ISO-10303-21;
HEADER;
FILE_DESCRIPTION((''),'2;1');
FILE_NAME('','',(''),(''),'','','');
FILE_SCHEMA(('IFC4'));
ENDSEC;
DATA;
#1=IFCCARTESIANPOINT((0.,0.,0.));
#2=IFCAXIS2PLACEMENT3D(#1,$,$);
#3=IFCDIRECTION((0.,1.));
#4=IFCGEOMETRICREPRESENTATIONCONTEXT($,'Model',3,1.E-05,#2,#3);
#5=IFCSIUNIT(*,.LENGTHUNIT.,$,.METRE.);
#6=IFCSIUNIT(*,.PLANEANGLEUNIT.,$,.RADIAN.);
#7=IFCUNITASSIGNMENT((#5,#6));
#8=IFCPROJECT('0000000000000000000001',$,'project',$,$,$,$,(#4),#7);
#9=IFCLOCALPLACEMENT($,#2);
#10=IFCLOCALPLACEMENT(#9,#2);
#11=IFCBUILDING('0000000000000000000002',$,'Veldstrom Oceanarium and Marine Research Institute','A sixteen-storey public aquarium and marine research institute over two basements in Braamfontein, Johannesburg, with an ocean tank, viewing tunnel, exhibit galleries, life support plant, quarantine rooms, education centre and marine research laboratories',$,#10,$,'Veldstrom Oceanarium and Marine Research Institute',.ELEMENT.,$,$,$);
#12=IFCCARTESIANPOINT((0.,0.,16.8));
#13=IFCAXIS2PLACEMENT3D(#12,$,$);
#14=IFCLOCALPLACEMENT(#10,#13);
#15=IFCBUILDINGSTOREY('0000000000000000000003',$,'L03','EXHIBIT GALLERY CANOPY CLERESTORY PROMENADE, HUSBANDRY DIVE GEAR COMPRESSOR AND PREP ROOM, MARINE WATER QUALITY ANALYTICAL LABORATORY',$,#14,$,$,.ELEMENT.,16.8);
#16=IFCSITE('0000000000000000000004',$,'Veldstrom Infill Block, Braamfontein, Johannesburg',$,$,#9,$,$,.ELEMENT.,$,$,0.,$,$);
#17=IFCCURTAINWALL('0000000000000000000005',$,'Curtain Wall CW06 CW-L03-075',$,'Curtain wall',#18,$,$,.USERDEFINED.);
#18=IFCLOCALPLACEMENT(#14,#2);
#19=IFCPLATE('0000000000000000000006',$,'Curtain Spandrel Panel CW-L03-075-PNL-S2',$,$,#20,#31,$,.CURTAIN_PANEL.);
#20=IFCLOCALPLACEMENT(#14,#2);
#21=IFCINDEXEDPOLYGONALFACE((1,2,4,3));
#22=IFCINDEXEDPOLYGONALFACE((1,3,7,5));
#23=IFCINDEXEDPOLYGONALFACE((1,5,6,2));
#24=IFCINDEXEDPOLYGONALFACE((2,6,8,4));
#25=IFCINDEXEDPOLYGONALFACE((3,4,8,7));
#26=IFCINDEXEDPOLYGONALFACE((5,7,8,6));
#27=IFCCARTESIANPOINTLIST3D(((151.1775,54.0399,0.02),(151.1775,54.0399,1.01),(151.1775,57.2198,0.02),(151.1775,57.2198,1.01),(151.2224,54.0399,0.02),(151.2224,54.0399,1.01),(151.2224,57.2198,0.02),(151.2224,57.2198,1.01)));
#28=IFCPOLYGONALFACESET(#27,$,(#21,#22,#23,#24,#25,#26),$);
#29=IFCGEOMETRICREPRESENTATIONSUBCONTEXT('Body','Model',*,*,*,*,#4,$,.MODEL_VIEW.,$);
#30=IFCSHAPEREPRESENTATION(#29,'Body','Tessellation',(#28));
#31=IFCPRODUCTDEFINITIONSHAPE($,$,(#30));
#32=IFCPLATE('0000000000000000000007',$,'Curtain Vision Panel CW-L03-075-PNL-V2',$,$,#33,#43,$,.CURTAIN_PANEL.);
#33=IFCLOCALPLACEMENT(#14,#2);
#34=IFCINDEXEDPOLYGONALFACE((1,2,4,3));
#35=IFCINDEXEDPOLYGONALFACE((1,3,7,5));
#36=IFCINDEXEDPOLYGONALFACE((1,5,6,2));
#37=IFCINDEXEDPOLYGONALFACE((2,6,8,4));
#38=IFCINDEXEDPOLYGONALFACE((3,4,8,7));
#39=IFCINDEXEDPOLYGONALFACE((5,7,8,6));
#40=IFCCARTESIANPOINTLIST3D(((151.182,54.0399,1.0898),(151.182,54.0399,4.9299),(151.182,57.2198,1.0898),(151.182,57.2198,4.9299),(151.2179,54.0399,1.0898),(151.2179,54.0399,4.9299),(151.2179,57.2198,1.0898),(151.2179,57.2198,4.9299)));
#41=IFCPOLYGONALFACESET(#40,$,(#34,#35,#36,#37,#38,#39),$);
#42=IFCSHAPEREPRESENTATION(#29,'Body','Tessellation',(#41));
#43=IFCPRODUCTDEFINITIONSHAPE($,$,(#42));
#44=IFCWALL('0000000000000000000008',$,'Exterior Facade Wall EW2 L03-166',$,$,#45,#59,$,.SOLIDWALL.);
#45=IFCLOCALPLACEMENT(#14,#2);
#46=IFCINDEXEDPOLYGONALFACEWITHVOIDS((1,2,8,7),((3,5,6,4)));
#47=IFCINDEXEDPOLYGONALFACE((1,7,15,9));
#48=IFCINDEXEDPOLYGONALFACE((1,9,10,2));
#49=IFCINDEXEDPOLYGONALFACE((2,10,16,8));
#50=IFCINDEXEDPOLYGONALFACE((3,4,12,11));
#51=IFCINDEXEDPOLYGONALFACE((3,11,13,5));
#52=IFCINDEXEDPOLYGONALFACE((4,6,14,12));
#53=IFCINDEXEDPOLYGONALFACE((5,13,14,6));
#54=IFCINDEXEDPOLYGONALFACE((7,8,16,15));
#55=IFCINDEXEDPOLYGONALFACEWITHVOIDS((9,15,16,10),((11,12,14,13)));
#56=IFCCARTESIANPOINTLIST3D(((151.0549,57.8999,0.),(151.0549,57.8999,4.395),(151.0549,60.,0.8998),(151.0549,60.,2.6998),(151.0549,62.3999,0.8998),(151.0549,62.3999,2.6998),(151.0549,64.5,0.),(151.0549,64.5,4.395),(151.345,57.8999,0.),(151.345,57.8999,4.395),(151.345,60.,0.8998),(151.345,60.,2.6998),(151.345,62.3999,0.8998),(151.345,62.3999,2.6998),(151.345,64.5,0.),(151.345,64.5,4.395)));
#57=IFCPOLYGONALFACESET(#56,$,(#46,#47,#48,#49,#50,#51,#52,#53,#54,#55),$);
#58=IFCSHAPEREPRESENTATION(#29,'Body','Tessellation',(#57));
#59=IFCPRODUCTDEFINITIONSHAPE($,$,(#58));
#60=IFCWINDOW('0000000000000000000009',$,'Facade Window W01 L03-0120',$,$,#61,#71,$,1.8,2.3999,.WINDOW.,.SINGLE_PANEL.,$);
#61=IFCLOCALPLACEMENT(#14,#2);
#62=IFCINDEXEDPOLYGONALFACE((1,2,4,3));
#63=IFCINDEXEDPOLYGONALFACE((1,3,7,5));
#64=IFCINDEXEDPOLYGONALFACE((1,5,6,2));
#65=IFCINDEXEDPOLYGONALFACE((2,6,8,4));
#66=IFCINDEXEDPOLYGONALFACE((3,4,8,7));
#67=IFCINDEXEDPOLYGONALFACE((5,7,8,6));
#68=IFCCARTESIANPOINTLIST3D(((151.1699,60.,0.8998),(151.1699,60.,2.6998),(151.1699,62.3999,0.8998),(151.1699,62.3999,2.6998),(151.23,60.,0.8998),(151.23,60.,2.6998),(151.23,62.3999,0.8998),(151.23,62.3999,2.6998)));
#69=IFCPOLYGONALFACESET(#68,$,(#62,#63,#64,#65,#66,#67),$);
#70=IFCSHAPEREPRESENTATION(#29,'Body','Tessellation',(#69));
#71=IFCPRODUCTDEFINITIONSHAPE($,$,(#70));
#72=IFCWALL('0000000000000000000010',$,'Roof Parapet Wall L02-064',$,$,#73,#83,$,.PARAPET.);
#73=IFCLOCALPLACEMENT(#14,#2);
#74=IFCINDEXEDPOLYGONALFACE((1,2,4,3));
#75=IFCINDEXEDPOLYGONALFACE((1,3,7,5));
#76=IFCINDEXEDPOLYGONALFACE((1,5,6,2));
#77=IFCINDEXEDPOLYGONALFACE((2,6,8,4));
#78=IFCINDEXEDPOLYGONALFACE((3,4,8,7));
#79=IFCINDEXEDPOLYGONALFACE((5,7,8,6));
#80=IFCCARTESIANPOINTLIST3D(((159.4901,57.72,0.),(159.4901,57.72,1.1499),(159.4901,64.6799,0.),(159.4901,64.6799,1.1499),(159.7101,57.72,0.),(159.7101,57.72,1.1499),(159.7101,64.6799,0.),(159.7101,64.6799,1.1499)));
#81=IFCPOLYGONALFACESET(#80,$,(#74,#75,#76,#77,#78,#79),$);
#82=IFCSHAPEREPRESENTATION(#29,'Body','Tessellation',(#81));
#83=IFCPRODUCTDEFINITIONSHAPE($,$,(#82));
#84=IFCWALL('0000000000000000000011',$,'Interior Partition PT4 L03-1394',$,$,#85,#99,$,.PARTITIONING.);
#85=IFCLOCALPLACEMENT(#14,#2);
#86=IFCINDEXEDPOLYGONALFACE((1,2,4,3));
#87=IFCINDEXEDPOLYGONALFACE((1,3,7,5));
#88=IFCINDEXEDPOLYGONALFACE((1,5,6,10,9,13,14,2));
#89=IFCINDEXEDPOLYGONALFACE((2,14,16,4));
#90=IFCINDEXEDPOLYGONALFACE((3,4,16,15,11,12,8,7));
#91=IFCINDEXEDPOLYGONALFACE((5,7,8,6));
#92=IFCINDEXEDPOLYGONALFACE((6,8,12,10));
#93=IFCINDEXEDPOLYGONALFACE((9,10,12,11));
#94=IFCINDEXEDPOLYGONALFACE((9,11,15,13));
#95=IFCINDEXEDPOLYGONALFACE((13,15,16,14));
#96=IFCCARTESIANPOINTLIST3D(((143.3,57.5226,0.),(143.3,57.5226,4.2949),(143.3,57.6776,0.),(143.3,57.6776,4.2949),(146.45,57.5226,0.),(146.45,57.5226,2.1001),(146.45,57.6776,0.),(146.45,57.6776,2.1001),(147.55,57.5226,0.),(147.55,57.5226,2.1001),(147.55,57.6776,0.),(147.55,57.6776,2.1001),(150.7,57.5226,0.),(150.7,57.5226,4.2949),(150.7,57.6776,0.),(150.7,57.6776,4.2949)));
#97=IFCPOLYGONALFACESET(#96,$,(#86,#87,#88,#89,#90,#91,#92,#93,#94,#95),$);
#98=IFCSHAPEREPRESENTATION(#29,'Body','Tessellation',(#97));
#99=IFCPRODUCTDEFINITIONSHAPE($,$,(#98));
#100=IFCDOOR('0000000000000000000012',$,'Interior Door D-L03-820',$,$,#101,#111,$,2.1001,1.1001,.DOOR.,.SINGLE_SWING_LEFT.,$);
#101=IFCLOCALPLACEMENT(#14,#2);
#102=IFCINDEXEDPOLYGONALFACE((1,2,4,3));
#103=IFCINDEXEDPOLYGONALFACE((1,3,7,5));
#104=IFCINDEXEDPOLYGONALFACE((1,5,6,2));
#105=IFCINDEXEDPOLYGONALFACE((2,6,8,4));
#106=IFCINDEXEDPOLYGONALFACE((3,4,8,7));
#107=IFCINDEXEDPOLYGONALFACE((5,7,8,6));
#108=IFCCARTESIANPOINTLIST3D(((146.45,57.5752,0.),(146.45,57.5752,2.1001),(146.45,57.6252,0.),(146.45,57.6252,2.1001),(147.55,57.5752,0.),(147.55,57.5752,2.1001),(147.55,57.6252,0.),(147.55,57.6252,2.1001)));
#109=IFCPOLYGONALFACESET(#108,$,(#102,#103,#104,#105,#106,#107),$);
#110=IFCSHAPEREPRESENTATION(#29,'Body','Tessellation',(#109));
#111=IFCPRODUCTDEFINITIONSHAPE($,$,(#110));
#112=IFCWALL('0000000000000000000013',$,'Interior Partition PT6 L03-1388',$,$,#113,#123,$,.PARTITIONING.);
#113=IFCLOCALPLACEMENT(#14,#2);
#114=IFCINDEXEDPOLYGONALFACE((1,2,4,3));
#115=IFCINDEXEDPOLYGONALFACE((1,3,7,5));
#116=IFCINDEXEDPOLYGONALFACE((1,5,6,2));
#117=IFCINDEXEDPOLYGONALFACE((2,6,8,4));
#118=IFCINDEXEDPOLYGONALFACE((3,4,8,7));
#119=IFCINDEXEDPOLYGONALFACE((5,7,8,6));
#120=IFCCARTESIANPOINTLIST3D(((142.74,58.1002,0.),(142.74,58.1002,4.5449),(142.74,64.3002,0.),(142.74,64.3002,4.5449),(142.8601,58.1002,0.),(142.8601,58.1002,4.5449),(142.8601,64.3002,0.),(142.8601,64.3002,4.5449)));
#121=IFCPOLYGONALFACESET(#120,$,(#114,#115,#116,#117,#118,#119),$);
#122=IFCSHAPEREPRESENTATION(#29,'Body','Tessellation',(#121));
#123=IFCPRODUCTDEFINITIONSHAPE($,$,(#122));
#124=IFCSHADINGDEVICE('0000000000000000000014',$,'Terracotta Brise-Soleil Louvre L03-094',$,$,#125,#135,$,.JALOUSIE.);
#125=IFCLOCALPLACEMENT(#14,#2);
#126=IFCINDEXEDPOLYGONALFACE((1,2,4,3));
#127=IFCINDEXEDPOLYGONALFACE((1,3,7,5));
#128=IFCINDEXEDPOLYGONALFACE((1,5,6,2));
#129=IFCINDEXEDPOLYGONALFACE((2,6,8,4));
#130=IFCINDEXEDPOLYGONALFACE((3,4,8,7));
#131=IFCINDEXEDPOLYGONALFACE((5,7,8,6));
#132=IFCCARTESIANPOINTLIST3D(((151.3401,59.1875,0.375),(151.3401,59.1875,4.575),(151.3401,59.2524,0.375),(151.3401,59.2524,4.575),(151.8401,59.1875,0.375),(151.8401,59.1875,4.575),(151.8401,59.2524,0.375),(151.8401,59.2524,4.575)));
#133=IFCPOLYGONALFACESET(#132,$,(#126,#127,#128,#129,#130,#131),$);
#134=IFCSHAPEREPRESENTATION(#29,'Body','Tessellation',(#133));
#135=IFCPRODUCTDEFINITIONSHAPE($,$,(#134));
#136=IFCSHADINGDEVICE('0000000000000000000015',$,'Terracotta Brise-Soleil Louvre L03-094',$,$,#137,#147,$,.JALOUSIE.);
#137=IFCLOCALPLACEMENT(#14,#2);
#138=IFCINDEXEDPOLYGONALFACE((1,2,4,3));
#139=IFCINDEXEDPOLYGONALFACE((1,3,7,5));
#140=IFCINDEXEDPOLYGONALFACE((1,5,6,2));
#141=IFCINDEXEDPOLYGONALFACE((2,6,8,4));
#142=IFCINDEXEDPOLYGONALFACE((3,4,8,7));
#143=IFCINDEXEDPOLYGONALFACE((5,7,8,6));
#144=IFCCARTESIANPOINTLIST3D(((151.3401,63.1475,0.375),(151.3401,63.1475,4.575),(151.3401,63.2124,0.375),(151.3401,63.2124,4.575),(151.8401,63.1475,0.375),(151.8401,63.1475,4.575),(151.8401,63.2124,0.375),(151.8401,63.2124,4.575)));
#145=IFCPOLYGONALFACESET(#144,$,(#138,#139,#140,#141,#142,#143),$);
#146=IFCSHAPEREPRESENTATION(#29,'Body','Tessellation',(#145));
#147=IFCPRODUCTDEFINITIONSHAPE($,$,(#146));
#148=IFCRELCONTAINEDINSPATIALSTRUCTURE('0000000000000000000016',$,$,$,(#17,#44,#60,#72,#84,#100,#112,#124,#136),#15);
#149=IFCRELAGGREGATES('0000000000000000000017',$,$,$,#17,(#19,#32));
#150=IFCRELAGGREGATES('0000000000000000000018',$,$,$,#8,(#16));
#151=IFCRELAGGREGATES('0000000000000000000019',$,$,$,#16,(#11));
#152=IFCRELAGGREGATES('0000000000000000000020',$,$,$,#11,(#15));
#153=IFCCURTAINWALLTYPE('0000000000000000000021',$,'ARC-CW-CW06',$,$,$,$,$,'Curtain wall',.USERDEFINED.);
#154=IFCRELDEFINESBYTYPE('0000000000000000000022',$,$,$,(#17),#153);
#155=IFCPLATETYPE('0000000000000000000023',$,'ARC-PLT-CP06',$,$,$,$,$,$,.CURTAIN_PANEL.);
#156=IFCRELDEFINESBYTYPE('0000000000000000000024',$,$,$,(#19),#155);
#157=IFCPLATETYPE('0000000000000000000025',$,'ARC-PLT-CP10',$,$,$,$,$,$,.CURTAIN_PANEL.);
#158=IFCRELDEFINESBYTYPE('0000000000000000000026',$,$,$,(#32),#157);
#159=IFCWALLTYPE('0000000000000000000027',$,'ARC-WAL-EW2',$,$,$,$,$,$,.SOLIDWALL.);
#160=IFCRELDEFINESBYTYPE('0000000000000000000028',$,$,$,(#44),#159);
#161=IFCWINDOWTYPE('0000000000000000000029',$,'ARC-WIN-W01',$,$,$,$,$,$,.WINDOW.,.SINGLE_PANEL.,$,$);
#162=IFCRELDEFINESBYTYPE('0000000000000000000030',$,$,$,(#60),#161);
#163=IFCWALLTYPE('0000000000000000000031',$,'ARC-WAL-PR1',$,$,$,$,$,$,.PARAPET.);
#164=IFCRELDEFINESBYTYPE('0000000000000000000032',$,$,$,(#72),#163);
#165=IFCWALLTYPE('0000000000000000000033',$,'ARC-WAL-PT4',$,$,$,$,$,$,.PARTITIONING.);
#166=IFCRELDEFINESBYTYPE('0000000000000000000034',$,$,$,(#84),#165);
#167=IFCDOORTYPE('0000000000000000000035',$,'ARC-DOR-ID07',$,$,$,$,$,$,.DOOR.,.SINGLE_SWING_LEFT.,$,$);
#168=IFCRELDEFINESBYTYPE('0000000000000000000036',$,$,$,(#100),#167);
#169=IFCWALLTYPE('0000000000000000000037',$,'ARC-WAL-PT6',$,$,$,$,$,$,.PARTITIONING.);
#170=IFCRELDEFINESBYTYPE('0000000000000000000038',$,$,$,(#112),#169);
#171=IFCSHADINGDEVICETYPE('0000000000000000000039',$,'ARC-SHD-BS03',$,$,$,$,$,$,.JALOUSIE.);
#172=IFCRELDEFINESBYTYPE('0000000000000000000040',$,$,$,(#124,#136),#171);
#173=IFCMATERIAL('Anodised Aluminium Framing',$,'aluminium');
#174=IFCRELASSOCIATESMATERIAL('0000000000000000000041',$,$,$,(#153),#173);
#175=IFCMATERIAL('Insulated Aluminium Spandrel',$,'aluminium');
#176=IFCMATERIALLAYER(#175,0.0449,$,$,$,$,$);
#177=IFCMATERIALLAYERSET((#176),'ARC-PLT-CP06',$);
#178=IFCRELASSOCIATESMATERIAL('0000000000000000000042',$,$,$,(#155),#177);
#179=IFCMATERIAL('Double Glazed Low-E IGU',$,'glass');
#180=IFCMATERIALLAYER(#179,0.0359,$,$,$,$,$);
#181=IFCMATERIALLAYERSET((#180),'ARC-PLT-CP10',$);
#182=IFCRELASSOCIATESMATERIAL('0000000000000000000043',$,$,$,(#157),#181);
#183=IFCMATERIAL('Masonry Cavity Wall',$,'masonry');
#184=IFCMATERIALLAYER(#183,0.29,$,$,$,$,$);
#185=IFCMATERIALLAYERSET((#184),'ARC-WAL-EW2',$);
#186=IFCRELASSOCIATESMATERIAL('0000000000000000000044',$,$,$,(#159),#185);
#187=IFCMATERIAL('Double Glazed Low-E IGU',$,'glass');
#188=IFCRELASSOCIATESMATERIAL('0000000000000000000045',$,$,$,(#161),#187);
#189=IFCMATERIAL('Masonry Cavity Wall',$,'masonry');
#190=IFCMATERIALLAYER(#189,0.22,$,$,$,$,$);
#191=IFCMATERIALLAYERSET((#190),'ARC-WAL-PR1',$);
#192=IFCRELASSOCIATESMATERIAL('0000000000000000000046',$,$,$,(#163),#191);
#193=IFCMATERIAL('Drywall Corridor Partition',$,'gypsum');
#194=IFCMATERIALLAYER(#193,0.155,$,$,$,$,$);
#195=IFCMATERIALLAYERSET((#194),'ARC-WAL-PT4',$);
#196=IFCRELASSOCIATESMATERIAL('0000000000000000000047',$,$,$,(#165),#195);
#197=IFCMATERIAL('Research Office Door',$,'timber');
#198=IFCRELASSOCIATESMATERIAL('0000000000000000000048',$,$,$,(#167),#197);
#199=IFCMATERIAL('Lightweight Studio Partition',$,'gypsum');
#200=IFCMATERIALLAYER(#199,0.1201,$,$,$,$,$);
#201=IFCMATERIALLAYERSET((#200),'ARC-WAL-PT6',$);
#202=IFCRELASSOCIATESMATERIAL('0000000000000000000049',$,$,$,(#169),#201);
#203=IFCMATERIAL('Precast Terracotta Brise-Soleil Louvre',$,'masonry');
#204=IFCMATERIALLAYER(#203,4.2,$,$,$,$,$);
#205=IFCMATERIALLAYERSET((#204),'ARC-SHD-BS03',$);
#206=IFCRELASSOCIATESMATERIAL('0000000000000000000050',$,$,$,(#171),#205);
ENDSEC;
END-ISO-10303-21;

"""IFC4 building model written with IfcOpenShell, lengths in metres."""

from ifc_helpers import new_model, si_unit, direction, frame, frame_2d, origin, origin_2d, place, context, subcontext, project, spatial, rectangle, extrude, material, layer, layer_set, type_object, element, fill, aggregate, save


model = new_model("IFC4")

# Units and contexts
model_context = context("Model", 3, precision=1e-05, world=origin(), true_north=direction((0.0, 1.0)))
body_context = subcontext(model_context, "Body", "Model", "MODEL_VIEW")
ifc_project = project(units=[si_unit("LENGTHUNIT", "METRE"), si_unit("PLANEANGLEUNIT", "RADIAN")], contexts=[model_context])

# Site, building, storey
site_placement = place(None, origin())
site = spatial("IfcSite", under=ifc_project, at=site_placement, Name="Veldstrom Infill Block, Braamfontein, Johannesburg", CompositionType="ELEMENT", RefElevation=0.0)
building_placement = place(site_placement, origin())
building = spatial("IfcBuilding", under=site, at=building_placement, Name="Veldstrom Oceanarium and Marine Research Institute", Description="A sixteen-storey public aquarium and marine research institute over two basements in Braamfontein, Johannesburg, with an ocean tank, viewing tunnel, exhibit galleries, life support plant, quarantine rooms, education centre and marine research laboratories", LongName="Veldstrom Oceanarium and Marine Research Institute", CompositionType="ELEMENT")
storey_placement = place(building_placement, frame((0.0, 0.0, 16.8)))
storey = spatial("IfcBuildingStorey", under=building, at=storey_placement, Name="L03", Description="EXHIBIT GALLERY CANOPY CLERESTORY PROMENADE, HUSBANDRY DIVE GEAR COMPRESSOR AND PREP ROOM, MARINE WATER QUALITY ANALYTICAL LABORATORY", CompositionType="ELEMENT", Elevation=16.8)

# Curtain wall
ifc_material_1 = material(Name="Anodised Aluminium Framing", Category="aluminium")
curtain_wall_type = type_object("IfcCurtainWallType", Name="ARC-CW-CW06", ElementType="Curtain wall", PredefinedType="USERDEFINED", material=ifc_material_1)
curtain_wall_placement = place(storey_placement, origin())
curtain_wall = element("IfcCurtainWall", 1, at=curtain_wall_placement, inside=storey, type_object=curtain_wall_type, Name="Curtain Wall CW06 CW-L03-075", ObjectType="Curtain wall", PredefinedType="USERDEFINED")

# Plates
ifc_material_2 = material(Name="Insulated Aluminium Spandrel", Category="aluminium")
ifc_layer_1 = layer(ifc_material_2, 0.0449)
ifc_layer_set_1 = layer_set([ifc_layer_1], Name="ARC-PLT-CP06")
plate_type_1 = type_object("IfcPlateType", Name="ARC-PLT-CP06", PredefinedType="CURTAIN_PANEL", material=ifc_layer_set_1)
plate_1_placement = place(storey_placement, frame((151.2, 55.6299, 0.02), z_axis=(0.0, 0.0, 1.0), x_axis=(0.0, 1.0, 0.0)))
plate_1 = element("IfcPlate", 2, at=plate_1_placement, type_object=plate_type_1, Name="Curtain Spandrel Panel CW-L03-075-PNL-S2", PredefinedType="CURTAIN_PANEL", context=body_context, shape_type="SweptSolid", body=[
    extrude(rectangle(XDim=3.1799, YDim=0.0449, at=origin_2d()), origin(), (0.0, 0.0, 1.0), 0.99),
])
ifc_material_3 = material(Name="Double Glazed Low-E IGU", Category="glass")
ifc_layer_2 = layer(ifc_material_3, 0.0359)
ifc_layer_set_2 = layer_set([ifc_layer_2], Name="ARC-PLT-CP10")
plate_type_2 = type_object("IfcPlateType", Name="ARC-PLT-CP10", PredefinedType="CURTAIN_PANEL", material=ifc_layer_set_2)
plate_2_placement = place(storey_placement, frame((151.2, 55.6299, 1.0898), z_axis=(0.0, 0.0, 1.0), x_axis=(0.0, 1.0, 0.0)))
plate_2 = element("IfcPlate", 3, at=plate_2_placement, type_object=plate_type_2, Name="Curtain Vision Panel CW-L03-075-PNL-V2", PredefinedType="CURTAIN_PANEL", context=body_context, shape_type="SweptSolid", body=[
    extrude(rectangle(XDim=3.1799, YDim=0.0359, at=origin_2d()), origin(), (0.0, 0.0, 1.0), 3.8401),
])
aggregate(curtain_wall, [plate_1, plate_2])

# Wall, opening, window
ifc_material_4 = material(Name="Masonry Cavity Wall", Category="masonry")
ifc_layer_3 = layer(ifc_material_4, 0.29)
ifc_layer_set_3 = layer_set([ifc_layer_3], Name="ARC-WAL-EW2")
wall_type_1 = type_object("IfcWallType", Name="ARC-WAL-EW2", PredefinedType="SOLIDWALL", material=ifc_layer_set_3)
wall_1_placement = place(storey_placement, frame((151.2, 57.8999, 0.0), z_axis=(0.0, 0.0, 1.0), x_axis=(0.0, 1.0, 0.0)))
wall_1 = element("IfcWall", 4, at=wall_1_placement, inside=storey, type_object=wall_type_1, Name="Exterior Facade Wall EW2 L03-166", PredefinedType="SOLIDWALL", context=body_context, shape_type="SweptSolid", body=[
    extrude(rectangle(XDim=6.6001, YDim=0.29, at=frame_2d((3.3, 0.0))), origin(), (0.0, 0.0, 1.0), 4.395),
])
opening_1_placement = place(wall_1_placement, frame((2.1001, 0.0, 0.8999)))
opening_1 = element("IfcOpeningElement", 5, at=opening_1_placement, cuts=wall_1, PredefinedType="OPENING", context=body_context, shape_type="SweptSolid", body=[
    extrude(rectangle(XDim=2.3999, YDim=1.8, at=frame_2d((1.2, 0.8999))), frame((0.0, 0.155, 0.0), z_axis=(0.0, -1.0, 0.0), x_axis=(1.0, 0.0, 0.0)), (0.0, 0.0, 1.0), 0.3101),
])
ifc_material_5 = material(Name="Double Glazed Low-E IGU", Category="glass")
window_type = type_object("IfcWindowType", Name="ARC-WIN-W01", PartitioningType="SINGLE_PANEL", PredefinedType="WINDOW", material=ifc_material_5)
window_placement = place(opening_1_placement, origin())
window = element("IfcWindow", 6, at=window_placement, inside=storey, type_object=window_type, Name="Facade Window W01 L03-0120", OverallHeight=1.8, OverallWidth=2.3999, PartitioningType="SINGLE_PANEL", PredefinedType="WINDOW", context=body_context, shape_type="SweptSolid", body=[
    extrude(rectangle(XDim=2.3999, YDim=1.8, at=frame_2d((1.2, 0.8999))), frame((0.0, 0.03, 0.0), z_axis=(0.0, -1.0, 0.0), x_axis=(1.0, 0.0, 0.0)), (0.0, 0.0, 1.0), 0.0601),
])
fill(opening_1, window)

# Wall
ifc_material_6 = material(Name="Masonry Cavity Wall", Category="masonry")
ifc_layer_4 = layer(ifc_material_6, 0.22)
ifc_layer_set_4 = layer_set([ifc_layer_4], Name="ARC-WAL-PR1")
wall_type_2 = type_object("IfcWallType", Name="ARC-WAL-PR1", PredefinedType="PARAPET", material=ifc_layer_set_4)
wall_2_placement = place(storey_placement, frame((159.6001, 57.72, 0.0), z_axis=(0.0, 0.0, 1.0), x_axis=(0.0, 1.0, 0.0)))
element("IfcWall", 7, at=wall_2_placement, inside=storey, type_object=wall_type_2, Name="Roof Parapet Wall L02-064", PredefinedType="PARAPET", context=body_context, shape_type="SweptSolid", body=[
    extrude(rectangle(XDim=6.96, YDim=0.22, at=frame_2d((3.48, 0.0))), origin(), (0.0, 0.0, 1.0), 1.1499),
])

# Wall, opening, door
ifc_material_7 = material(Name="Drywall Corridor Partition", Category="gypsum")
ifc_layer_5 = layer(ifc_material_7, 0.155)
ifc_layer_set_5 = layer_set([ifc_layer_5], Name="ARC-WAL-PT4")
wall_type_3 = type_object("IfcWallType", Name="ARC-WAL-PT4", PredefinedType="PARTITIONING", material=ifc_layer_set_5)
wall_3_placement = place(storey_placement, frame((143.3, 57.6001, 0.0), z_axis=(0.0, 0.0, 1.0), x_axis=(1.0, 0.0, 0.0)))
wall_3 = element("IfcWall", 8, at=wall_3_placement, inside=storey, type_object=wall_type_3, Name="Interior Partition PT4 L03-1394", PredefinedType="PARTITIONING", context=body_context, shape_type="SweptSolid", body=[
    extrude(rectangle(XDim=7.3999, YDim=0.155, at=frame_2d((3.7, 0.0))), origin(), (0.0, 0.0, 1.0), 4.2949),
])
opening_2_placement = place(wall_3_placement, frame((3.1499, 0.0, 0.0)))
opening_2 = element("IfcOpeningElement", 9, at=opening_2_placement, cuts=wall_3, PredefinedType="OPENING", context=body_context, shape_type="SweptSolid", body=[
    extrude(rectangle(XDim=1.1001, YDim=2.1001, at=frame_2d((0.55, 1.05))), frame((0.0, 0.0874, 0.0), z_axis=(0.0, -1.0, 0.0), x_axis=(1.0, 0.0, 0.0)), (0.0, 0.0, 1.0), 0.175),
])
ifc_material_8 = material(Name="Research Office Door", Category="timber")
door_type = type_object("IfcDoorType", Name="ARC-DOR-ID07", OperationType="SINGLE_SWING_LEFT", PredefinedType="DOOR", material=ifc_material_8)
door_placement = place(opening_2_placement, frame((1.1001, 0.0, 0.0), z_axis=(0.0, 0.0, 1.0), x_axis=(-1.0, 0.0, 0.0)))
door = element("IfcDoor", 10, at=door_placement, inside=storey, type_object=door_type, Name="Interior Door D-L03-820", OperationType="SINGLE_SWING_LEFT", OverallHeight=2.1001, OverallWidth=1.1001, PredefinedType="DOOR", context=body_context, shape_type="SweptSolid", body=[
    extrude(rectangle(XDim=1.1001, YDim=2.1001, at=frame_2d((0.55, 1.05))), frame((0.0, 0.0249, 0.0), z_axis=(0.0, -1.0, 0.0), x_axis=(1.0, 0.0, 0.0)), (0.0, 0.0, 1.0), 0.05),
])
fill(opening_2, door)

# Wall
ifc_material_9 = material(Name="Lightweight Studio Partition", Category="gypsum")
ifc_layer_6 = layer(ifc_material_9, 0.1201)
ifc_layer_set_6 = layer_set([ifc_layer_6], Name="ARC-WAL-PT6")
wall_type_4 = type_object("IfcWallType", Name="ARC-WAL-PT6", PredefinedType="PARTITIONING", material=ifc_layer_set_6)
wall_4_placement = place(storey_placement, frame((142.8, 58.1001, 0.0), z_axis=(0.0, 0.0, 1.0), x_axis=(0.0, 1.0, 0.0)))
element("IfcWall", 11, at=wall_4_placement, inside=storey, type_object=wall_type_4, Name="Interior Partition PT6 L03-1388", PredefinedType="PARTITIONING", context=body_context, shape_type="SweptSolid", body=[
    extrude(rectangle(XDim=6.2, YDim=0.1201, at=frame_2d((3.1001, 0.0))), origin(), (0.0, 0.0, 1.0), 4.5449),
])

# Shading devices
ifc_material_10 = material(Name="Precast Terracotta Brise-Soleil Louvre", Category="masonry")
ifc_layer_7 = layer(ifc_material_10, 4.2)
ifc_layer_set_7 = layer_set([ifc_layer_7], Name="ARC-SHD-BS03")
shading_device_type = type_object("IfcShadingDeviceType", Name="ARC-SHD-BS03", PredefinedType="JALOUSIE", material=ifc_layer_set_7)
for number, where, z_axis, x_axis, name in (
    (12, (151.5901, 59.22, 0.375), (0.0, 0.0, 1.0), (1.0, 0.0, 0.0), "Terracotta Brise-Soleil Louvre L03-094"),
    (13, (151.5901, 63.1799, 0.375), (0.0, 0.0, 1.0), (1.0, 0.0, 0.0), "Terracotta Brise-Soleil Louvre L03-094"),
):
    element("IfcShadingDevice", number, at=place(storey_placement, frame(where, z_axis=z_axis, x_axis=x_axis)), inside=storey, type_object=shading_device_type, Name=name, PredefinedType="JALOUSIE", context=body_context, shape_type="SweptSolid", body=[
        extrude(rectangle(XDim=0.5, YDim=0.0649, at=origin_2d()), origin(), (0.0, 0.0, 1.0), 4.2),
    ])

save(model, "model.ifc")
